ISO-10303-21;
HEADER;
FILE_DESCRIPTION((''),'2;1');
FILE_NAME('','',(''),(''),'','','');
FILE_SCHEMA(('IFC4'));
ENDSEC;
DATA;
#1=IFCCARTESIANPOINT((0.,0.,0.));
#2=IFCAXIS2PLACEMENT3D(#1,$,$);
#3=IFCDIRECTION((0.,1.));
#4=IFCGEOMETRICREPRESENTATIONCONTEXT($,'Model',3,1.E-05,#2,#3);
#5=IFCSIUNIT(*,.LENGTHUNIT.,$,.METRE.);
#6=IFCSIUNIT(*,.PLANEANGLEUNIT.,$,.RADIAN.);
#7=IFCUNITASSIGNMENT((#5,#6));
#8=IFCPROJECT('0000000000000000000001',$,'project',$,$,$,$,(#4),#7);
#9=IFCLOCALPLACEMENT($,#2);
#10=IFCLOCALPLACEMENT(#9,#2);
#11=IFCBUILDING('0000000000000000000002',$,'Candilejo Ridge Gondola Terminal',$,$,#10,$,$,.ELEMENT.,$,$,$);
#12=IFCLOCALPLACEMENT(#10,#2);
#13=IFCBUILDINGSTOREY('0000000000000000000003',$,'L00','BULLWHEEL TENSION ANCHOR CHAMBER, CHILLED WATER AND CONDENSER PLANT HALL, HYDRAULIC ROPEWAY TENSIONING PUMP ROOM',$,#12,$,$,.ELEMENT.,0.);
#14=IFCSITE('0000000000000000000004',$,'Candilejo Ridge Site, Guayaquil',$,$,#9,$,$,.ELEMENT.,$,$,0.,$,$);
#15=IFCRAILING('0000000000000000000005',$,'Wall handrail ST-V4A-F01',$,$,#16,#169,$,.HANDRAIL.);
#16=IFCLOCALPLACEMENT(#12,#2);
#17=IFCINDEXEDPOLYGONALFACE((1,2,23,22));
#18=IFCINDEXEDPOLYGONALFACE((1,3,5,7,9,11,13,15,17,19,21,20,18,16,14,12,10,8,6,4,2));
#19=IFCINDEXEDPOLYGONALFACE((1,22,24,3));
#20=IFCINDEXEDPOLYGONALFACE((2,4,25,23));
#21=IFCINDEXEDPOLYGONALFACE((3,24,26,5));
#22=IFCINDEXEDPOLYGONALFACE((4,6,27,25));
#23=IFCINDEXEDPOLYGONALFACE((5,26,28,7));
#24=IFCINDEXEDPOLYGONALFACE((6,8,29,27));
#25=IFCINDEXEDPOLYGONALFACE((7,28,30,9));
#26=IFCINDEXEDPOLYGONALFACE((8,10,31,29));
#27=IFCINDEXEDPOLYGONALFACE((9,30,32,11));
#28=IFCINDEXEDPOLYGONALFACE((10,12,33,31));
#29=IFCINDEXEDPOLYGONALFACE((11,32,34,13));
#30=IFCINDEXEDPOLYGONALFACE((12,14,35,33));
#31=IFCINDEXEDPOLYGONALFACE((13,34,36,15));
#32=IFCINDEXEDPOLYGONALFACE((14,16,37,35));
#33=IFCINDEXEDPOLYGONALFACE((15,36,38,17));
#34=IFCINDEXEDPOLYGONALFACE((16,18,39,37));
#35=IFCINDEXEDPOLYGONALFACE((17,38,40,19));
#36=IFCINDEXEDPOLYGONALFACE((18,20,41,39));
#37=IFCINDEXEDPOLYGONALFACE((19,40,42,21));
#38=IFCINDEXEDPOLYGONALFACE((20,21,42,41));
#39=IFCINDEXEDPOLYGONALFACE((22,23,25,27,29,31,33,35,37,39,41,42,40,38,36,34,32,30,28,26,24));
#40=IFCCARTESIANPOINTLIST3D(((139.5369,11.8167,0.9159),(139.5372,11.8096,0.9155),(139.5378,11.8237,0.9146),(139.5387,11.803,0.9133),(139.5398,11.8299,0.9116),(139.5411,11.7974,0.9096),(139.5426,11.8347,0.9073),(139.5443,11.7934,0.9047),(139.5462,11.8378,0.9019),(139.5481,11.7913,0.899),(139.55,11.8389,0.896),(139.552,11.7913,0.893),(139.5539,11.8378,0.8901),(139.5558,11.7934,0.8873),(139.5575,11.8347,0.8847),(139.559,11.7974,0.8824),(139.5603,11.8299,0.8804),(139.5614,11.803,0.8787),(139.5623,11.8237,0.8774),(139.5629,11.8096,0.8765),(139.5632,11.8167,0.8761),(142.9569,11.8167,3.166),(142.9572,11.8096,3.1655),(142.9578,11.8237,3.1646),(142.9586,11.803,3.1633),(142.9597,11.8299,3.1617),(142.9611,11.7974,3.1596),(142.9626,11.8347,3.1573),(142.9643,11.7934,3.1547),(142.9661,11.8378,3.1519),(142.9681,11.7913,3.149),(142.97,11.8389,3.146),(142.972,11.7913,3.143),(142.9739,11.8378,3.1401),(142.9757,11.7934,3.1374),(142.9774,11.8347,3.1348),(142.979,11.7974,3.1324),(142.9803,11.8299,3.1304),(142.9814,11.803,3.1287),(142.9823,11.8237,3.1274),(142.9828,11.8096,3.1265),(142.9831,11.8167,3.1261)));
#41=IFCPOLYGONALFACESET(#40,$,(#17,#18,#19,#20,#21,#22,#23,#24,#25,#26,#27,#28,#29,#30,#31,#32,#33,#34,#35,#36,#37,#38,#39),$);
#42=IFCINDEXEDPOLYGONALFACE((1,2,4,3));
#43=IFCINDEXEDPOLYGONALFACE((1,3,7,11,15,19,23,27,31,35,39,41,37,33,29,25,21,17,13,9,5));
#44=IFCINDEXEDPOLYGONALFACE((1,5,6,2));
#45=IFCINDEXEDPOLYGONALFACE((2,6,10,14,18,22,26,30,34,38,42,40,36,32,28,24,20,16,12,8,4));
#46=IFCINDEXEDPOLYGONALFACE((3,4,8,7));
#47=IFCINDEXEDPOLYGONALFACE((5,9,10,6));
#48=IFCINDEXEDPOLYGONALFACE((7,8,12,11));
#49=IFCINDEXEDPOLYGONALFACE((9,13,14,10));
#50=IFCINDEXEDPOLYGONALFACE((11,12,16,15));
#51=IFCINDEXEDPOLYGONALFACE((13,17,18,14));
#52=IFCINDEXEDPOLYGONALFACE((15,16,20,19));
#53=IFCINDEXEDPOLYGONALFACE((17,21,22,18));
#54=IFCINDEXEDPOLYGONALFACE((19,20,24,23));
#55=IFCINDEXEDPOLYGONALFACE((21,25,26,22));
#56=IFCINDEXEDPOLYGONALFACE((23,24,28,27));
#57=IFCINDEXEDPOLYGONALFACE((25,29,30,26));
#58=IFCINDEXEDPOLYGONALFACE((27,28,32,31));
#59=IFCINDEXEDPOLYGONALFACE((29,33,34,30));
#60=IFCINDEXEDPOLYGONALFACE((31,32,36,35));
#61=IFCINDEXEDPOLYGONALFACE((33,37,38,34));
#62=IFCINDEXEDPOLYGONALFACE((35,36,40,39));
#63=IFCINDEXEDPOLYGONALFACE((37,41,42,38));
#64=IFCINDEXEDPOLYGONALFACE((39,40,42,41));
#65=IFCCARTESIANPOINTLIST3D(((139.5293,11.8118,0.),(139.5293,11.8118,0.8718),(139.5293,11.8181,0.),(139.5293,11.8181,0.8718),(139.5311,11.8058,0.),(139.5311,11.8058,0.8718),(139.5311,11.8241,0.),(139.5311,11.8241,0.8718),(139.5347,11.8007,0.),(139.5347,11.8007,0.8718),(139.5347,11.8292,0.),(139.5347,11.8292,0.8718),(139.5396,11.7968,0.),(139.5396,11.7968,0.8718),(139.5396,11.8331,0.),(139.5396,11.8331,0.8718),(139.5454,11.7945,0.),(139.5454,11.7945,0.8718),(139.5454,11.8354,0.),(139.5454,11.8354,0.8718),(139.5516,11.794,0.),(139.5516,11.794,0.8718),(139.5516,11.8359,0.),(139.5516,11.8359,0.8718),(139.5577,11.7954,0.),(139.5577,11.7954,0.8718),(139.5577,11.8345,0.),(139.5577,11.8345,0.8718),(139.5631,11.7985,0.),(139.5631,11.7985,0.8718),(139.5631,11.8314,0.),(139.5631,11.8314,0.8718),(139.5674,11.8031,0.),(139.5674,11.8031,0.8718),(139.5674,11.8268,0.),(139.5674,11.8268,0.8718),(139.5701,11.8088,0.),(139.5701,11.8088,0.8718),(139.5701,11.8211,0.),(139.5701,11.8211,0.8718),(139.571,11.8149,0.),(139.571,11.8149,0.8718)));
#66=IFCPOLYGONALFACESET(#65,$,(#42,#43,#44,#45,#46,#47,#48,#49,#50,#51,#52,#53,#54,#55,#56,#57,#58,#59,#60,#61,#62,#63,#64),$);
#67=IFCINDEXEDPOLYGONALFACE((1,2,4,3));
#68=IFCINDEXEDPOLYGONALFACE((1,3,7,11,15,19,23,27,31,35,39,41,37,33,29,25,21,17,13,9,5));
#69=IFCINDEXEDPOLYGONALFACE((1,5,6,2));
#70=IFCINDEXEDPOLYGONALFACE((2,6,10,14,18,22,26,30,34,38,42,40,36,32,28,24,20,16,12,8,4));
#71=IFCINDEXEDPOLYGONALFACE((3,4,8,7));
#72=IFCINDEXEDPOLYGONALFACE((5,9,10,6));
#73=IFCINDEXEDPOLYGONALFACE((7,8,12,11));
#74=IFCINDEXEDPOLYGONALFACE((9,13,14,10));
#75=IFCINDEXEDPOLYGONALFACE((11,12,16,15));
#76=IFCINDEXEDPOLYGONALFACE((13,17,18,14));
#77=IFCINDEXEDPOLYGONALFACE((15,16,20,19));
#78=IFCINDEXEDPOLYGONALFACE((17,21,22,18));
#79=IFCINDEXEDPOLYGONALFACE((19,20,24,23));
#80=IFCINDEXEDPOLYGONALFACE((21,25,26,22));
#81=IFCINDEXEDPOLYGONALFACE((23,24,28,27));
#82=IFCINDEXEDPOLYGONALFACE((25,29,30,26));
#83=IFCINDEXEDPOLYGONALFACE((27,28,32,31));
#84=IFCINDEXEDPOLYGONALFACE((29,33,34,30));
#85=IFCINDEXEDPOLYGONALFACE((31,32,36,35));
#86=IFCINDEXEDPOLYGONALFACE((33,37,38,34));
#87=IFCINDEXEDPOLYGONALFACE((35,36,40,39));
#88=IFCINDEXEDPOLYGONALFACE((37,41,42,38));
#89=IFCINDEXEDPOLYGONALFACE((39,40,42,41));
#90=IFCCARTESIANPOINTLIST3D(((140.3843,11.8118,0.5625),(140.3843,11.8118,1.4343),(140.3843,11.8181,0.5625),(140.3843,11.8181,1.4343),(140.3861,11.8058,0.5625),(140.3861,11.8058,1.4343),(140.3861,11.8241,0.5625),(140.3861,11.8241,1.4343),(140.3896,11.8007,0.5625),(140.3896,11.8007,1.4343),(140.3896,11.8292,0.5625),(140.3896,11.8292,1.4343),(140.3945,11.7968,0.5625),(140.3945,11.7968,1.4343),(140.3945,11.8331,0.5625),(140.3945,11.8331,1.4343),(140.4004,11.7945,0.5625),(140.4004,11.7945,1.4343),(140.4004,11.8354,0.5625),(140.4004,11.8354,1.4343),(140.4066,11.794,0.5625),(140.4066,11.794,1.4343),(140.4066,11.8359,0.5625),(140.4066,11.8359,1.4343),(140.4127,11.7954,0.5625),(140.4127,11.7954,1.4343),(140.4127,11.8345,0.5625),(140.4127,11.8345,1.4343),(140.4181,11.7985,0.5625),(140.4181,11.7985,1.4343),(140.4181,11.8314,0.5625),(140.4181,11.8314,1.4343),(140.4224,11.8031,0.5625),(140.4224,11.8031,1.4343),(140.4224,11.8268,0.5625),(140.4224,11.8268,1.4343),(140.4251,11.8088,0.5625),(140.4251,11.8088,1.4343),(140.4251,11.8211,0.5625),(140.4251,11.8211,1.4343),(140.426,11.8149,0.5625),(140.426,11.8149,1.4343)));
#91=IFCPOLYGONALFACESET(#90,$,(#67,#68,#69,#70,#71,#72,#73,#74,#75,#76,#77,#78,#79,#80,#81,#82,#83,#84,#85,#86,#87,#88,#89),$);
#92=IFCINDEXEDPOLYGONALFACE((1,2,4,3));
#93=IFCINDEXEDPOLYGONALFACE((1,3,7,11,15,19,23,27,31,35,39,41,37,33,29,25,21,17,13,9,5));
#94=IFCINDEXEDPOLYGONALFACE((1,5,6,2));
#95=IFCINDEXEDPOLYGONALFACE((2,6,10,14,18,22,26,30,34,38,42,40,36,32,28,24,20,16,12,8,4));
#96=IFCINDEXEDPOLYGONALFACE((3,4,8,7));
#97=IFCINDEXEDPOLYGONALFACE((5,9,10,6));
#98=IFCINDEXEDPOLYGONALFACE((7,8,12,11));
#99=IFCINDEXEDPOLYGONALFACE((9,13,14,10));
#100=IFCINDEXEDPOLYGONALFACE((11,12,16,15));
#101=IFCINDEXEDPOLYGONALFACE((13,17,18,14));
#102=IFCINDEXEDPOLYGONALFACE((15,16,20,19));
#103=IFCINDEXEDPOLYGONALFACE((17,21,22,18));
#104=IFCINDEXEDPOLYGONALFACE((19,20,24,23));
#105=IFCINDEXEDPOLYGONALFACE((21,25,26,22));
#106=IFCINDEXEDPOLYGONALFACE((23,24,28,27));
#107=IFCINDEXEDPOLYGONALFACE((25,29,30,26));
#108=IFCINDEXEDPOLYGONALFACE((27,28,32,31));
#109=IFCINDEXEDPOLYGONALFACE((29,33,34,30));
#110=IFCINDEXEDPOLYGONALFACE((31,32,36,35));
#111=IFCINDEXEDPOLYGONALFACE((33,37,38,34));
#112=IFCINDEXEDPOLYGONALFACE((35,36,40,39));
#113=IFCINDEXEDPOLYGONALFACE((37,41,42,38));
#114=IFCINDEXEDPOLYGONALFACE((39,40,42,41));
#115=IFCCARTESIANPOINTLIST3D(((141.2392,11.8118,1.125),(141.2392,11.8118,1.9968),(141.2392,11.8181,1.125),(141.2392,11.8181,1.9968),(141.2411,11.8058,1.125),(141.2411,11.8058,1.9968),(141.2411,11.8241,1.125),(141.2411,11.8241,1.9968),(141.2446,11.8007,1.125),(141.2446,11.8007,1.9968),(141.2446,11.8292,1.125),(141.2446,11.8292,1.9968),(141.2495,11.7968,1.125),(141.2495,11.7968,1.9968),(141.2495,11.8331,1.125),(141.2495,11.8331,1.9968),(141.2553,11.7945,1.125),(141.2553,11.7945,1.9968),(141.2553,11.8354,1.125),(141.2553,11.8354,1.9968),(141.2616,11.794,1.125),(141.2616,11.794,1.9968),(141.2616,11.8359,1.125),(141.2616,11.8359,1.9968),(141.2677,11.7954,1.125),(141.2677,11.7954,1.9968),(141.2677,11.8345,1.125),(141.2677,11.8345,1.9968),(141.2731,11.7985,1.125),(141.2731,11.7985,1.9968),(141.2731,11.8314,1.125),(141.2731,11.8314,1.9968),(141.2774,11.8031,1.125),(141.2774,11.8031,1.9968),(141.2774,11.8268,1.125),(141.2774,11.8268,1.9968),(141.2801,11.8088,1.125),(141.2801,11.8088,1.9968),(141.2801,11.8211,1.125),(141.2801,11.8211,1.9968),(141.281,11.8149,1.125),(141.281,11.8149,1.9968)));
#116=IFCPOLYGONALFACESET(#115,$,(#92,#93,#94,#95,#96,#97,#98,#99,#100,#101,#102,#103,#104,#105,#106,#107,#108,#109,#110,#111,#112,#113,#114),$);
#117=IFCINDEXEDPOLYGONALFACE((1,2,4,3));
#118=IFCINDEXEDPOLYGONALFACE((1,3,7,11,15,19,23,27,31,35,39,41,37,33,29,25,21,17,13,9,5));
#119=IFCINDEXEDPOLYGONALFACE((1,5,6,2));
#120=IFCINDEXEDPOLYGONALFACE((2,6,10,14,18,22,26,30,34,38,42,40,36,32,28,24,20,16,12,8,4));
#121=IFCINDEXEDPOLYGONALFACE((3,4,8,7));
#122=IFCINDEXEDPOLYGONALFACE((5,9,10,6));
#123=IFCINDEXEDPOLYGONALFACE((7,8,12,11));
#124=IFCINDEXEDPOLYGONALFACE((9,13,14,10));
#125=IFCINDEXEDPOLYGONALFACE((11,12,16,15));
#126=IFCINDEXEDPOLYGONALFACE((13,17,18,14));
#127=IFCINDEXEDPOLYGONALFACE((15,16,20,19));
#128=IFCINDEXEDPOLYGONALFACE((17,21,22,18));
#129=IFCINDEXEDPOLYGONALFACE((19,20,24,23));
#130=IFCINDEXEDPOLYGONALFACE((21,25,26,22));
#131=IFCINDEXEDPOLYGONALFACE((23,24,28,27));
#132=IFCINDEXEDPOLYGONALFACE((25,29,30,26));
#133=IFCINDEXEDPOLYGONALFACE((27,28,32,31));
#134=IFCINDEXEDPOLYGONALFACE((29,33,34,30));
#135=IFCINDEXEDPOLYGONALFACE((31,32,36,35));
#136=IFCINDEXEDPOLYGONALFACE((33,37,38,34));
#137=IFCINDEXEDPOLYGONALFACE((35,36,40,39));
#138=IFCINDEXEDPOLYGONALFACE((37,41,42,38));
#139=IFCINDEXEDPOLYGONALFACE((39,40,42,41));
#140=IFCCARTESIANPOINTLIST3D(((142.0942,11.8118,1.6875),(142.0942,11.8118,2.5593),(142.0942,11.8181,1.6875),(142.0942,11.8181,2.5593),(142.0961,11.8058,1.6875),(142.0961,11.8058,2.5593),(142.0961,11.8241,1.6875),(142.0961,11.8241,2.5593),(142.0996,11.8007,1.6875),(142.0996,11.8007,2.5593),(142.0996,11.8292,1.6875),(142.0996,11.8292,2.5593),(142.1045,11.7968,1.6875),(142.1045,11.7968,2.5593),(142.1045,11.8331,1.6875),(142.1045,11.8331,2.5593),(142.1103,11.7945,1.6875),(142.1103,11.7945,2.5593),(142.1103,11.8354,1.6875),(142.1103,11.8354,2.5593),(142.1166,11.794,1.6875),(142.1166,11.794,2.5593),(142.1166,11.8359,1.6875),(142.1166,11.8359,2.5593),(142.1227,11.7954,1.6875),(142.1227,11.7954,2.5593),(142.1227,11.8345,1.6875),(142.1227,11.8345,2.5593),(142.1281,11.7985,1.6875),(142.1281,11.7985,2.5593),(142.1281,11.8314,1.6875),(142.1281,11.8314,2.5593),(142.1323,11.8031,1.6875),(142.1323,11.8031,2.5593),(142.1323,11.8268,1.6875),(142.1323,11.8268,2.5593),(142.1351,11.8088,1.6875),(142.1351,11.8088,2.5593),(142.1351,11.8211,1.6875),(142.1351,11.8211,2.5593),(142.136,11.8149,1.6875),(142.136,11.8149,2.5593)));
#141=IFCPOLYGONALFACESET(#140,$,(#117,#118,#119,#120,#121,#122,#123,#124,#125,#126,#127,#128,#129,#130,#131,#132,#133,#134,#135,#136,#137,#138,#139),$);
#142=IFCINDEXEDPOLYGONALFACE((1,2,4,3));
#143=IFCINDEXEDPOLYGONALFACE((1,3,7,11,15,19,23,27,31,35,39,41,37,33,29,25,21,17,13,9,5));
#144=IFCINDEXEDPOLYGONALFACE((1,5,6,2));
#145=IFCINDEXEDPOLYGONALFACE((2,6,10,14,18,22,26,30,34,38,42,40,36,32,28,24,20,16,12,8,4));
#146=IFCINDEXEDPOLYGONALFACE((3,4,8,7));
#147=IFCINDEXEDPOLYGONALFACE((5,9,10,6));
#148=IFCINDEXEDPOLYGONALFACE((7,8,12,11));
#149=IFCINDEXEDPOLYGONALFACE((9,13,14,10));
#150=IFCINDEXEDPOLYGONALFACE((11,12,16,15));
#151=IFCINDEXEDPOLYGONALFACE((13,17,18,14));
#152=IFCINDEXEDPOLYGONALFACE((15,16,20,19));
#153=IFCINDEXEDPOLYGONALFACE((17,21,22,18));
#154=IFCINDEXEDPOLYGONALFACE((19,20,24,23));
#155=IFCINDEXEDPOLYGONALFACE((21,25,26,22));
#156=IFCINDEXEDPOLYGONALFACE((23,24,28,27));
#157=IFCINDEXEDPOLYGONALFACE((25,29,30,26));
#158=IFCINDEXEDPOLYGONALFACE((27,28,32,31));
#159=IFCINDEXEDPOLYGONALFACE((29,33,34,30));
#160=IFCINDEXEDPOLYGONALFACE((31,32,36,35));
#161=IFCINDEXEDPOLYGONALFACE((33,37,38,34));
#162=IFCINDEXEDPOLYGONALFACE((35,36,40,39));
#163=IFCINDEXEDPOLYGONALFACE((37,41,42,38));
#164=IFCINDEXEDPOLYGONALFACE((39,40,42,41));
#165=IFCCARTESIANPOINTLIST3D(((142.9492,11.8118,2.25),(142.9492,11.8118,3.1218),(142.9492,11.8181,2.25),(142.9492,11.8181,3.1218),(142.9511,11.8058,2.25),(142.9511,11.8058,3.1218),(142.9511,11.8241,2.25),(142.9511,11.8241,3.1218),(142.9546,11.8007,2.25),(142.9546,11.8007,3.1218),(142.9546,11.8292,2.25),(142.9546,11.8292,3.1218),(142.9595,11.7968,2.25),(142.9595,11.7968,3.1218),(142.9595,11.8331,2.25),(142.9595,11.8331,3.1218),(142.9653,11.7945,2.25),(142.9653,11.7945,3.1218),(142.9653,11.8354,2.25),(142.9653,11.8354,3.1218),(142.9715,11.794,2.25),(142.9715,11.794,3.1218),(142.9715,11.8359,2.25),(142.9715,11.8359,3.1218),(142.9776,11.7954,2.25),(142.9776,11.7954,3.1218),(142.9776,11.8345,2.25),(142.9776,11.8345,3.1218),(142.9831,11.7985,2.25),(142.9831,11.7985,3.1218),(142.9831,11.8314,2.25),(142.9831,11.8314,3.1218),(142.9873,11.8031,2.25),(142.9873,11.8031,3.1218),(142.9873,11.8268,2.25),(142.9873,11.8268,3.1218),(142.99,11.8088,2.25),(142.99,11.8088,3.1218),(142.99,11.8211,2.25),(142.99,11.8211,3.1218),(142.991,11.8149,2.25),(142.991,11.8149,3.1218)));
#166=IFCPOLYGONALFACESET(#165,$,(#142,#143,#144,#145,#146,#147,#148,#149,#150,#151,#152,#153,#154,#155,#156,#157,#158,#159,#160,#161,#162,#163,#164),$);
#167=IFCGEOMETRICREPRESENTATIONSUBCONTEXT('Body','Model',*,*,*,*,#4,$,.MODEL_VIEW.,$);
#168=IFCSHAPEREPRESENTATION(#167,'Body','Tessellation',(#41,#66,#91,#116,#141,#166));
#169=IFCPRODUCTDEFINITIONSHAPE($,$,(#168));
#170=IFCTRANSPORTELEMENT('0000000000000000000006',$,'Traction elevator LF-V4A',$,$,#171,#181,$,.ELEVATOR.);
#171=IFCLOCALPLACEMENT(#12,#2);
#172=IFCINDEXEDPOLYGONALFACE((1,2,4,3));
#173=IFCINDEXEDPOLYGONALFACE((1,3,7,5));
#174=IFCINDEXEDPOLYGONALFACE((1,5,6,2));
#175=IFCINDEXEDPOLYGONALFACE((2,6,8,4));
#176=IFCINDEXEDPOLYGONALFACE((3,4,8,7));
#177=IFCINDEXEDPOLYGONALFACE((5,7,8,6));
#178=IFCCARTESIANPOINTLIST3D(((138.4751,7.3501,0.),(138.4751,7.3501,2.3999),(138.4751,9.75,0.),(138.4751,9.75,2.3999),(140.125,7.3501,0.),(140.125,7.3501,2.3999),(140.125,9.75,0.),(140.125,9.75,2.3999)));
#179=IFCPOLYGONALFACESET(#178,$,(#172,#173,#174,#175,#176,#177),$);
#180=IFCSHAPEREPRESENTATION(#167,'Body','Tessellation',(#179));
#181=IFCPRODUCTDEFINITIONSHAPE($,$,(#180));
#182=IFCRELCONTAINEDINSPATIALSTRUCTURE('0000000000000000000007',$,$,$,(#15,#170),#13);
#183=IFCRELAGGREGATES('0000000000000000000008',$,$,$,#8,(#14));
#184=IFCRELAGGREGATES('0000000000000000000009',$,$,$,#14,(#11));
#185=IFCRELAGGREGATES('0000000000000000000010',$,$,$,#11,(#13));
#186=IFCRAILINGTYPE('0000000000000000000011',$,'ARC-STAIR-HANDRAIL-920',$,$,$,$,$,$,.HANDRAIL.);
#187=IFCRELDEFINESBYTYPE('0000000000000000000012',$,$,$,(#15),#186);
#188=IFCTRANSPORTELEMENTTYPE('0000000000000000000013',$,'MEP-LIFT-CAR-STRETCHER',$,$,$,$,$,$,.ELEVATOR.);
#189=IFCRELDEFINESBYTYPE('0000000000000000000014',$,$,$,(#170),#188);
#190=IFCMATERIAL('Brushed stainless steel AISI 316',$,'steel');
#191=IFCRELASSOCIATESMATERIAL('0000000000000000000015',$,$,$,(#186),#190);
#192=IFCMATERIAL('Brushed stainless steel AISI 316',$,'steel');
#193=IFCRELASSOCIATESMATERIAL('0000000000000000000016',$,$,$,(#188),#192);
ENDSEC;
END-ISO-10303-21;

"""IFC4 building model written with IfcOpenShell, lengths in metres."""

from ifc_helpers import new_model, si_unit, direction, frame, origin, origin_2d, place, context, subcontext, project, spatial, rectangle, circle, extrude, material, type_object, element, save


model = new_model("IFC4")

# Units and contexts
model_context = context("Model", 3, precision=1e-05, world=origin(), true_north=direction((0.0, 1.0)))
body_context = subcontext(model_context, "Body", "Model", "MODEL_VIEW")
ifc_project = project(units=[si_unit("LENGTHUNIT", "METRE"), si_unit("PLANEANGLEUNIT", "RADIAN")], contexts=[model_context])

# Site, building, storey
site_placement = place(None, origin())
site = spatial("IfcSite", under=ifc_project, at=site_placement, Name="Candilejo Ridge Site, Guayaquil", CompositionType="ELEMENT", RefElevation=0.0)
building_placement = place(site_placement, origin())
building = spatial("IfcBuilding", under=site, at=building_placement, Name="Candilejo Ridge Gondola Terminal", CompositionType="ELEMENT")
storey_placement = place(building_placement, origin())
storey = spatial("IfcBuildingStorey", under=building, at=storey_placement, Name="L00", Description="BULLWHEEL TENSION ANCHOR CHAMBER, CHILLED WATER AND CONDENSER PLANT HALL, HYDRAULIC ROPEWAY TENSIONING PUMP ROOM", CompositionType="ELEMENT", Elevation=0.0)

# Railing
ifc_material_1 = material(Name="Brushed stainless steel AISI 316", Category="steel")
railing_type_1 = type_object("IfcRailingType", Name="ARC-STAIR-HANDRAIL-920", PredefinedType="HANDRAIL", material=ifc_material_1)
railing_1_placement = place(storey_placement, frame((139.55, 11.8149, 0.0)))
element("IfcRailing", 1, at=railing_1_placement, inside=storey, type_object=railing_type_1, Name="Wall handrail ST-V4A-F01", PredefinedType="HANDRAIL", context=body_context, shape_type="SweptSolid", body=[
    extrude(circle(Radius=0.0239, at=origin_2d()), frame((0.0, 0.0, 0.896), z_axis=(0.835411, 0.0, 0.549625), x_axis=(0.0, 1.0, 0.0)), (0.0, 0.0, 1.0), 4.0938),
    extrude(circle(Radius=0.021, at=origin_2d()), origin(), (0.0, 0.0, 1.0), 0.8718),
    extrude(circle(Radius=0.021, at=origin_2d()), frame((0.855, 0.0, 0.5625)), (0.0, 0.0, 1.0), 0.8718),
    extrude(circle(Radius=0.021, at=origin_2d()), frame((1.71, 0.0, 1.125)), (0.0, 0.0, 1.0), 0.8718),
    extrude(circle(Radius=0.021, at=origin_2d()), frame((2.5649, 0.0, 1.6875)), (0.0, 0.0, 1.0), 0.8718),
    extrude(circle(Radius=0.021, at=origin_2d()), frame((3.4199, 0.0, 2.25)), (0.0, 0.0, 1.0), 0.8718),
])

# Transport element
ifc_material_2 = material(Name="Brushed stainless steel AISI 316", Category="steel")
transport_element_type = type_object("IfcTransportElementType", Name="MEP-LIFT-CAR-STRETCHER", PredefinedType="ELEVATOR", material=ifc_material_2)
transport_element_placement = place(storey_placement, frame((139.3, 8.55, 0.0), z_axis=(0.0, 0.0, 1.0), x_axis=(1.0, 0.0, 0.0)))
element("IfcTransportElement", 2, at=transport_element_placement, inside=storey, type_object=transport_element_type, Name="Traction elevator LF-V4A", PredefinedType="ELEVATOR", context=body_context, shape_type="SweptSolid", body=[
    extrude(rectangle(XDim=1.6499, YDim=2.3999, at=origin_2d()), origin(), (0.0, 0.0, 1.0), 2.3999),
])

save(model, "model.ifc")
